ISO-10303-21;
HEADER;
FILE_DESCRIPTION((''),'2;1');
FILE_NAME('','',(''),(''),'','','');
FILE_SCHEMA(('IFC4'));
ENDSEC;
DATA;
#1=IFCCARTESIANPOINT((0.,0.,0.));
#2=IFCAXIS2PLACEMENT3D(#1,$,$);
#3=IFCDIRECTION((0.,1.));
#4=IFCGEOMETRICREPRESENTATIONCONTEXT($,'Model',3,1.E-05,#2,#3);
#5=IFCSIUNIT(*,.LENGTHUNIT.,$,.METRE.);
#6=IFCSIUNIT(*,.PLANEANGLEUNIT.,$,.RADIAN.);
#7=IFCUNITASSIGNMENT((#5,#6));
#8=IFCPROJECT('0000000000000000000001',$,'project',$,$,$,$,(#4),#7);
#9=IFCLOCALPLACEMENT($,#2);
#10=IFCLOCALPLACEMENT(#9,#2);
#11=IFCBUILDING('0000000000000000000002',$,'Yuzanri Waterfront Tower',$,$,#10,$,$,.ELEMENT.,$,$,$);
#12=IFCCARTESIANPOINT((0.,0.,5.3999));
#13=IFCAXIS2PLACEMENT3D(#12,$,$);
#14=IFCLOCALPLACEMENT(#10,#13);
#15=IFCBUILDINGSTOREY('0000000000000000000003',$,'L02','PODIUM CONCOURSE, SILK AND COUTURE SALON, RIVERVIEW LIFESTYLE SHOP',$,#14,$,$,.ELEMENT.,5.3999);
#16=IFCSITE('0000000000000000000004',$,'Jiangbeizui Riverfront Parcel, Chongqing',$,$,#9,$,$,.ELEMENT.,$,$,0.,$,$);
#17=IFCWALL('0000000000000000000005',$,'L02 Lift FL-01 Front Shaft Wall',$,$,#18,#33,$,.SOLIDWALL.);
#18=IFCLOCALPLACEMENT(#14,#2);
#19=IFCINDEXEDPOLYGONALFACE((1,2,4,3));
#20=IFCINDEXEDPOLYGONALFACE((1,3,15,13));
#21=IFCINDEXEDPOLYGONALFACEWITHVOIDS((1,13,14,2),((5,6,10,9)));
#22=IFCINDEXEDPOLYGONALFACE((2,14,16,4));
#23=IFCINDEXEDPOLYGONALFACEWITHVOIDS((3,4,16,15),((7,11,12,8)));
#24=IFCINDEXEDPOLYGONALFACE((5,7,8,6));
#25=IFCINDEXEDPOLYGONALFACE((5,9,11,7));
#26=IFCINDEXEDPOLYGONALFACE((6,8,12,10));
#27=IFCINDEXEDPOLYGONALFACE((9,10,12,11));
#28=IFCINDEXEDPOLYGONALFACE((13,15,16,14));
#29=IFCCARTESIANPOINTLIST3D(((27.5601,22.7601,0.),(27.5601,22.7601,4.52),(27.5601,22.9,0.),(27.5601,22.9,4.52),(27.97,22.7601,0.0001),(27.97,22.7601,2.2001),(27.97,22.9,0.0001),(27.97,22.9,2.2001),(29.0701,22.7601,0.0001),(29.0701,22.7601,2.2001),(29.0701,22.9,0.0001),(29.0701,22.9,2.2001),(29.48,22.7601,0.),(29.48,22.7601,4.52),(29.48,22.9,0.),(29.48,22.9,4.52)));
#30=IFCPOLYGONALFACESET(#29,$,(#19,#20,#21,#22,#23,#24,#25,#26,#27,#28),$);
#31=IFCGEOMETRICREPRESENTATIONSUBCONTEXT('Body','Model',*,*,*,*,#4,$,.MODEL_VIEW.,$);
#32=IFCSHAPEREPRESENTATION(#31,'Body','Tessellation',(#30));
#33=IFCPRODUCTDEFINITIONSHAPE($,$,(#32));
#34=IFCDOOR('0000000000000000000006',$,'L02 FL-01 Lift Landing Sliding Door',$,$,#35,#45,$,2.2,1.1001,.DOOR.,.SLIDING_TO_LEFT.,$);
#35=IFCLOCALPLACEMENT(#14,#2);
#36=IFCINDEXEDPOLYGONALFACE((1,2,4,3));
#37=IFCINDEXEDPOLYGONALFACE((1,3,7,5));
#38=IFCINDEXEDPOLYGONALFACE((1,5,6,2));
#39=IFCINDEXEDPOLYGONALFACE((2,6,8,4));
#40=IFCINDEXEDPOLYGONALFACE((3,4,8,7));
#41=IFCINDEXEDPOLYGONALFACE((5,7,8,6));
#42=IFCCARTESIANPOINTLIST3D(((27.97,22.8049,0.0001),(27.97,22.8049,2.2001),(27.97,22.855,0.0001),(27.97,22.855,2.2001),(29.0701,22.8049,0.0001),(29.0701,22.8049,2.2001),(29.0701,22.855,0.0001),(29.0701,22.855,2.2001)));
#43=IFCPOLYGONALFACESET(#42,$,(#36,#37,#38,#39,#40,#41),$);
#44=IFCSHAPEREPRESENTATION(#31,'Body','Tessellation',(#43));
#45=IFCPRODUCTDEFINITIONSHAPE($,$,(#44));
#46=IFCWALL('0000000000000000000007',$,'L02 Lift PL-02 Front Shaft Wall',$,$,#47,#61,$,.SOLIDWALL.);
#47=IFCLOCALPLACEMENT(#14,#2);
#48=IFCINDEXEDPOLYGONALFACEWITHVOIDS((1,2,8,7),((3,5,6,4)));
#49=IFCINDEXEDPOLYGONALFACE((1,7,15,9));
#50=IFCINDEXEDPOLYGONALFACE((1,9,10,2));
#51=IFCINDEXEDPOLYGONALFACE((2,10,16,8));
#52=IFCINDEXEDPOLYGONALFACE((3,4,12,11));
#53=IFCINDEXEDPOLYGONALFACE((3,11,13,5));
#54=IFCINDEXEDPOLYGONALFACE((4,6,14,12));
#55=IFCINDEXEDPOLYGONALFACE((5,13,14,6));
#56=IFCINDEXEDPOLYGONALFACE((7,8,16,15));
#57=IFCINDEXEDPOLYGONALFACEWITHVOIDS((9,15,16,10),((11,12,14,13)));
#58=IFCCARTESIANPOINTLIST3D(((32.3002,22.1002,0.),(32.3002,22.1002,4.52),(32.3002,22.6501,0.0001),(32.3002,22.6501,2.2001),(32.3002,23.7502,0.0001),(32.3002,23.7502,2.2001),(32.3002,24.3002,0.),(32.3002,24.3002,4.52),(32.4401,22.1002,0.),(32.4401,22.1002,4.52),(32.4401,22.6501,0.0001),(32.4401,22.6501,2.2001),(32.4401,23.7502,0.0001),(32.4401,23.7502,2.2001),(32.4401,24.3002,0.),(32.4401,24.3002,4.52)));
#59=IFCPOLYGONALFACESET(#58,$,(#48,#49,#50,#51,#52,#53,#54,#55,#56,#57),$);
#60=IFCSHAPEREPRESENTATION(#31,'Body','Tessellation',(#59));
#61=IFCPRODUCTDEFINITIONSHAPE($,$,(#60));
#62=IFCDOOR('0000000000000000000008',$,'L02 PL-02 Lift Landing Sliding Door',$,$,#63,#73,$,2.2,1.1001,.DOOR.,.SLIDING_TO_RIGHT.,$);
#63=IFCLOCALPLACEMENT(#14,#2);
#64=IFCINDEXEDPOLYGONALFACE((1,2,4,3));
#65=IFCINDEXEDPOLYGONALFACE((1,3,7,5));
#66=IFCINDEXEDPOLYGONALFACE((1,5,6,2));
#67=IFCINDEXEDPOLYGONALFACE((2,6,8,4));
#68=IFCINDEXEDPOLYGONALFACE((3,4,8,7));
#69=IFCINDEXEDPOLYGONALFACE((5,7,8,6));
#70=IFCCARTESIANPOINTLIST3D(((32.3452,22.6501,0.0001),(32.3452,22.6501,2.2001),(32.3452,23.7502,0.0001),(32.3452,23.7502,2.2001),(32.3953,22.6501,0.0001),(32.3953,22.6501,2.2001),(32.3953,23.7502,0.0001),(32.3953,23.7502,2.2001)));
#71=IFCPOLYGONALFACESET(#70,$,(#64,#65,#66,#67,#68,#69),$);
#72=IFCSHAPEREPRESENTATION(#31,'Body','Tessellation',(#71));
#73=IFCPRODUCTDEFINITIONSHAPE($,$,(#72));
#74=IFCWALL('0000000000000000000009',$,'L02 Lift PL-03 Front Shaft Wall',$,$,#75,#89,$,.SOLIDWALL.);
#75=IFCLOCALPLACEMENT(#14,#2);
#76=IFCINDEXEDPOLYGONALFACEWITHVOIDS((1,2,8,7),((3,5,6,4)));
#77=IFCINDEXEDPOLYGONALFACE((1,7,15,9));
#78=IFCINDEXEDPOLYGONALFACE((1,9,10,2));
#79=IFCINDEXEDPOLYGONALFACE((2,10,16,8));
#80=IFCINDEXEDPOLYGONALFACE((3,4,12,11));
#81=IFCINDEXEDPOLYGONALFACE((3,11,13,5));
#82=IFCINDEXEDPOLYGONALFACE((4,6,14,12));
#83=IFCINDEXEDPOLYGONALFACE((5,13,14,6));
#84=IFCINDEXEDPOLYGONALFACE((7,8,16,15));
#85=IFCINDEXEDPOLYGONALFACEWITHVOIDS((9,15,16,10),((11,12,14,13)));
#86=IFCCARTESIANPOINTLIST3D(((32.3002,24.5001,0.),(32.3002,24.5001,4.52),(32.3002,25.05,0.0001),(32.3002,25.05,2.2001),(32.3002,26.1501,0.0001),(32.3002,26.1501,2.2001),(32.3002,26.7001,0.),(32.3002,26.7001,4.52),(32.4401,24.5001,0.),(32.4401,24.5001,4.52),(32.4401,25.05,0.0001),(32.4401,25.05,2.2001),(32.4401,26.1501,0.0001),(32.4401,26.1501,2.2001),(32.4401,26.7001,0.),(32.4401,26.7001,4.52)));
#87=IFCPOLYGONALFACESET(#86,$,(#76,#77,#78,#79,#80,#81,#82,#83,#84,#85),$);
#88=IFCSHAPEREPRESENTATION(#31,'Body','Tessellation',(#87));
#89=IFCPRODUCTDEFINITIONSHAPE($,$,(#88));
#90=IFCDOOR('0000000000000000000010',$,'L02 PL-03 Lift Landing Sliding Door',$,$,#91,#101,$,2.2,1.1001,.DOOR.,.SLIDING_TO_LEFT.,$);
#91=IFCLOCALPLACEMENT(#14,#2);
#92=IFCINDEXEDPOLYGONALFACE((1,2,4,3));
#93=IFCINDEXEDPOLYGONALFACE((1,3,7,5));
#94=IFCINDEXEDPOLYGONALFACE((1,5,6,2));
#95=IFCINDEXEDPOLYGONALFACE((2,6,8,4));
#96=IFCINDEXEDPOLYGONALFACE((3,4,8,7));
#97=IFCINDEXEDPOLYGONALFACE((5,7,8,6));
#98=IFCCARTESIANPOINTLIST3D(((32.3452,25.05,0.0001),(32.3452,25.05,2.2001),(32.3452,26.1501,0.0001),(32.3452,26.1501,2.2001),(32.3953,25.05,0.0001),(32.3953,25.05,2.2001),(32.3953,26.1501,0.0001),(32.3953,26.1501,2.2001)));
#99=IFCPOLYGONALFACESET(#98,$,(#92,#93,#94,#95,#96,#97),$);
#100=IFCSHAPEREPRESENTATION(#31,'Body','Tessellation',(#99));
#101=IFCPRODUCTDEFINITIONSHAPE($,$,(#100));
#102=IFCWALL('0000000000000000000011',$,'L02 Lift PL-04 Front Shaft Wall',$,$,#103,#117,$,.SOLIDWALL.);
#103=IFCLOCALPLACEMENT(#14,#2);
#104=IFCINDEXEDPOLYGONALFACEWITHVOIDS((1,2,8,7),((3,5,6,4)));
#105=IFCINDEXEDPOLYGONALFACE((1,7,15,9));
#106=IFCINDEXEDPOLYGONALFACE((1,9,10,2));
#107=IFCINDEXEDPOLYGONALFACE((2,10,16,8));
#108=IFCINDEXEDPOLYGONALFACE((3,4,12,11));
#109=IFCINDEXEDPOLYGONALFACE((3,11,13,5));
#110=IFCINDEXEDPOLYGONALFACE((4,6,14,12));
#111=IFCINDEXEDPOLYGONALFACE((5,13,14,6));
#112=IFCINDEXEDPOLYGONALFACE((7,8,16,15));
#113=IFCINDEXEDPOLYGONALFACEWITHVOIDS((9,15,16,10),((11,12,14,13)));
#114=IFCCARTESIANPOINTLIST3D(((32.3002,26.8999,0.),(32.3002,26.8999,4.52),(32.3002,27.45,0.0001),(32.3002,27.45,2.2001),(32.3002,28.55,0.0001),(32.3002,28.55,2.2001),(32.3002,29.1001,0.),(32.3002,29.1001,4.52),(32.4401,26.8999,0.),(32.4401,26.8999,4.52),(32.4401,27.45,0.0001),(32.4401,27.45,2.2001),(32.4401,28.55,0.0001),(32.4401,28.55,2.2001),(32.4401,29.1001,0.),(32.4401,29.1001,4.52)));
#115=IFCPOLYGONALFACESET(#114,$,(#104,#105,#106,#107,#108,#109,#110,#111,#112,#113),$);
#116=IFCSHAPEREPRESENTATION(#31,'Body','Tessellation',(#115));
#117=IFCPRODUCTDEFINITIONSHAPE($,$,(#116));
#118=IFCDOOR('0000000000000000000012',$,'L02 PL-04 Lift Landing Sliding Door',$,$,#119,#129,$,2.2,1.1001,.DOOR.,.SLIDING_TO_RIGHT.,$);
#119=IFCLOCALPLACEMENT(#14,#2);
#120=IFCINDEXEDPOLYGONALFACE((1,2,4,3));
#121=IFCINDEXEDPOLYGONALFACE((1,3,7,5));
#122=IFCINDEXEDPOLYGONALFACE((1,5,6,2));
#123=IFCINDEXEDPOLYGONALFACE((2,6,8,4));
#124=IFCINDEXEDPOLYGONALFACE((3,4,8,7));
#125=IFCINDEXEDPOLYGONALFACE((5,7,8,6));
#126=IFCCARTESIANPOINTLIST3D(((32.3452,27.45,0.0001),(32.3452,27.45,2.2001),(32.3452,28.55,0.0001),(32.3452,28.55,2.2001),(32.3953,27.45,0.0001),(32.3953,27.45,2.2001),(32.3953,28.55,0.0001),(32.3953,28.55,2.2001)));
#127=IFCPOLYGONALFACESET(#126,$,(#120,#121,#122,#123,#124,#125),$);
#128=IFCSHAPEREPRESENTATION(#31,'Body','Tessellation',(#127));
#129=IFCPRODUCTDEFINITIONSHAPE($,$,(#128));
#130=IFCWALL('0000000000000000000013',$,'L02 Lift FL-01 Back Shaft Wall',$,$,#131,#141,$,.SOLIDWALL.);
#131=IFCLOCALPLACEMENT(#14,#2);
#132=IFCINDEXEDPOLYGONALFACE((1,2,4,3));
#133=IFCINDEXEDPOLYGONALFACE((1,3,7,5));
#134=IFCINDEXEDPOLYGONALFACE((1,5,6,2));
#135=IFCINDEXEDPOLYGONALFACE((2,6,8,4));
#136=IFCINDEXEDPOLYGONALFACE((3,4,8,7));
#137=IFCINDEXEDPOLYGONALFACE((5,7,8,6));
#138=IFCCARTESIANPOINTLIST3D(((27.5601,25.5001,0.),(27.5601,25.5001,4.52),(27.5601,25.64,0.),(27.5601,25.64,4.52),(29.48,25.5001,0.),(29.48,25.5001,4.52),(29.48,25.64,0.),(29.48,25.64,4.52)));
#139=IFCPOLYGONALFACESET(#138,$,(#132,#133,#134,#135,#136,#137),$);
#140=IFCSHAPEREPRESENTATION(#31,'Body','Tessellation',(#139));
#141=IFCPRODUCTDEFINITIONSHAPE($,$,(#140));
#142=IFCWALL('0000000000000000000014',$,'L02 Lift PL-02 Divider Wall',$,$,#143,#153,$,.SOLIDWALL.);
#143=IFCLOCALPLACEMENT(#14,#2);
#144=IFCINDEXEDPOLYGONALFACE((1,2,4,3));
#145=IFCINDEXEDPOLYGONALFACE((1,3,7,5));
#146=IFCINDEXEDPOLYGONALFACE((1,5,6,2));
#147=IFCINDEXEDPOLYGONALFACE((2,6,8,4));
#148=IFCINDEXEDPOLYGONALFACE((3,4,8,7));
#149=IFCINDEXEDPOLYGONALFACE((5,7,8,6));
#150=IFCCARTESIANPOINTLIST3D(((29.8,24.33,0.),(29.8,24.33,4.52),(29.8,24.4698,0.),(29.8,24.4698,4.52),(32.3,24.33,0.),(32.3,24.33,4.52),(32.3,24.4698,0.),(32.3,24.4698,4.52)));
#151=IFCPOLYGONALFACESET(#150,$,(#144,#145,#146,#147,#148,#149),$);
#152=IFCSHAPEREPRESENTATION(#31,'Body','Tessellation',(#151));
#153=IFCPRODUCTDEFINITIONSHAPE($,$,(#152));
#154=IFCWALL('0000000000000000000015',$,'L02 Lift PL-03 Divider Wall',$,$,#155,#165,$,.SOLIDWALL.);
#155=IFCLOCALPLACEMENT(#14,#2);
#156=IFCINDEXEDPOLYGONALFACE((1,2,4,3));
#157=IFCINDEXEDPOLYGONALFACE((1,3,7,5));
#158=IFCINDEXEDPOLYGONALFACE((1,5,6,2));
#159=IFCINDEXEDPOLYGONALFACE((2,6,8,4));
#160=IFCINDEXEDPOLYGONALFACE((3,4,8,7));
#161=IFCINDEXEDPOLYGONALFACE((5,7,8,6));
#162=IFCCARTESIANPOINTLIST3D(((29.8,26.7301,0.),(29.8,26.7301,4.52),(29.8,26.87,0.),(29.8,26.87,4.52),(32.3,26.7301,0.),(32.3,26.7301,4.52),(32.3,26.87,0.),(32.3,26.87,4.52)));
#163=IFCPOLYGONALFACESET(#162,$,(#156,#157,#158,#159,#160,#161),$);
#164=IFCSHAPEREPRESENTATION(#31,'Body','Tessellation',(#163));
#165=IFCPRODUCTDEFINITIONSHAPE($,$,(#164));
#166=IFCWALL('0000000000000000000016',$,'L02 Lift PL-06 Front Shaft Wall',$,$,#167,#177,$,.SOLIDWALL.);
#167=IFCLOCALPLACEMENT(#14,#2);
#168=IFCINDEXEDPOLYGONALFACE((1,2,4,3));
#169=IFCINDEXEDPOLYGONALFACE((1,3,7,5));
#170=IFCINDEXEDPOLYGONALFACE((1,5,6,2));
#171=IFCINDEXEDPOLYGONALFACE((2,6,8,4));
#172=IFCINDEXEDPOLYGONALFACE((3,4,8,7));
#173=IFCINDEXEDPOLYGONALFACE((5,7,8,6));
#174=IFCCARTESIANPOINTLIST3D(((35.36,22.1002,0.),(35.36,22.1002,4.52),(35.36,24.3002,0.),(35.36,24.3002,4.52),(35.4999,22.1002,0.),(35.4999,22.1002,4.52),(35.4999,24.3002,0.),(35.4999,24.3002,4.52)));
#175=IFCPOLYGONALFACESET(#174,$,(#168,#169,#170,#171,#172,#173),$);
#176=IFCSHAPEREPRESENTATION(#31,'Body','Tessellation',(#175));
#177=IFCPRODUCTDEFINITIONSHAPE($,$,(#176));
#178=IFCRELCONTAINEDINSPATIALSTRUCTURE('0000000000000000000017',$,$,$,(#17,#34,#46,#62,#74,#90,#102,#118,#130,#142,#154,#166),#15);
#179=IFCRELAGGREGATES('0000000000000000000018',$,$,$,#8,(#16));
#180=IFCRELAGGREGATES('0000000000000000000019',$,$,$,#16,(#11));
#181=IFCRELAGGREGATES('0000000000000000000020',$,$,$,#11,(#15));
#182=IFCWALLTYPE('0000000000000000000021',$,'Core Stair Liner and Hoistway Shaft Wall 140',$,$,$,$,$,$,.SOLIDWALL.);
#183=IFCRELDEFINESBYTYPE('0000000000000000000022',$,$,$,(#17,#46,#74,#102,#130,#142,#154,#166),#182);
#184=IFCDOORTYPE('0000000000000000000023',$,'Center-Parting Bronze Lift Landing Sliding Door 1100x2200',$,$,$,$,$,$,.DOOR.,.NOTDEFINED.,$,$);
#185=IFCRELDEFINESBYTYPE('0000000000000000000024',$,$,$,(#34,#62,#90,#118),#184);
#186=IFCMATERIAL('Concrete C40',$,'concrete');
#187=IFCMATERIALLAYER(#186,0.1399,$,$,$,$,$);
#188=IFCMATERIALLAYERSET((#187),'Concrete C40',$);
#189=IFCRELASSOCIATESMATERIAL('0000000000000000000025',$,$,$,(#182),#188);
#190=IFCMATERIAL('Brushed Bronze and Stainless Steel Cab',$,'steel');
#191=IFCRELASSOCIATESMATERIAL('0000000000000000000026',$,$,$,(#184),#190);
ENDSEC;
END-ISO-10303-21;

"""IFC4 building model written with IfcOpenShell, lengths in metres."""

from ifc_helpers import new_model, si_unit, direction, frame, frame_2d, origin, place, context, subcontext, project, spatial, rectangle, extrude, source, transform, mapped, material, layer, layer_set, type_object, element, fill, save


model = new_model("IFC4")

# Units and contexts
model_context = context("Model", 3, precision=1e-05, world=origin(), true_north=direction((0.0, 1.0)))
body_context = subcontext(model_context, "Body", "Model", "MODEL_VIEW")
ifc_project = project(units=[si_unit("LENGTHUNIT", "METRE"), si_unit("PLANEANGLEUNIT", "RADIAN")], contexts=[model_context])

# Site, building, storey
site_placement = place(None, origin())
site = spatial("IfcSite", under=ifc_project, at=site_placement, Name="Jiangbeizui Riverfront Parcel, Chongqing", CompositionType="ELEMENT", RefElevation=0.0)
building_placement = place(site_placement, origin())
building = spatial("IfcBuilding", under=site, at=building_placement, Name="Yuzanri Waterfront Tower", CompositionType="ELEMENT")
storey_placement = place(building_placement, frame((0.0, 0.0, 5.3999)))
storey = spatial("IfcBuildingStorey", under=building, at=storey_placement, Name="L02", Description="PODIUM CONCOURSE, SILK AND COUTURE SALON, RIVERVIEW LIFESTYLE SHOP", CompositionType="ELEMENT", Elevation=5.3999)

# Walls, openings, doors
ifc_material_1 = material(Name="Concrete C40", Category="concrete")
ifc_layer_1 = layer(ifc_material_1, 0.1399)
ifc_layer_set_1 = layer_set([ifc_layer_1], Name="Concrete C40")
wall_type = type_object("IfcWallType", Name="Core Stair Liner and Hoistway Shaft Wall 140", PredefinedType="SOLIDWALL", material=ifc_layer_set_1)
wall_1_placement = place(storey_placement, frame((27.5601, 22.8301, 0.0), z_axis=(0.0, 0.0, 1.0), x_axis=(1.0, 0.0, 0.0)))
wall_1 = element("IfcWall", 1, at=wall_1_placement, inside=storey, type_object=wall_type, Name="L02 Lift FL-01 Front Shaft Wall", PredefinedType="SOLIDWALL", context=body_context, shape_type="SweptSolid", body=[
    extrude(rectangle(XDim=1.9199, YDim=0.1399, at=frame_2d((0.96, 0.0))), origin(), (0.0, 0.0, 1.0), 4.52),
])
opening_1_placement = place(wall_1_placement, frame((0.4099, 0.0, 0.0)))
opening_1 = element("IfcOpeningElement", 2, at=opening_1_placement, cuts=wall_1, PredefinedType="OPENING", context=body_context, shape_type="SweptSolid", body=[
    extrude(rectangle(XDim=1.1001, YDim=2.2, at=frame_2d((0.55, 1.1001))), frame((0.0, 0.085, 0.0), z_axis=(0.0, -1.0, 0.0), x_axis=(1.0, 0.0, 0.0)), (0.0, 0.0, 1.0), 0.1697),
])
ifc_material_2 = material(Name="Brushed Bronze and Stainless Steel Cab", Category="steel")
door_type = type_object("IfcDoorType", Name="Center-Parting Bronze Lift Landing Sliding Door 1100x2200", OperationType="NOTDEFINED", PredefinedType="DOOR", material=ifc_material_2)
shared_shape_1 = source(origin(), body_context, "Body", "SweptSolid", [
    extrude(rectangle(XDim=1.1001, YDim=2.2, at=frame_2d((0.55, 1.1001))), frame((0.0, 0.0249, 0.0), z_axis=(0.0, -1.0, 0.0), x_axis=(1.0, 0.0, 0.0)), (0.0, 0.0, 1.0), 0.05),
])
door_1_placement = place(opening_1_placement, origin())
door_1 = element("IfcDoor", 3, at=door_1_placement, inside=storey, type_object=door_type, Name="L02 FL-01 Lift Landing Sliding Door", OperationType="SLIDING_TO_LEFT", OverallHeight=2.2, OverallWidth=1.1001, PredefinedType="DOOR", context=body_context, shape_type="MappedRepresentation", body=[
    mapped(shared_shape_1, transform((0.0, 0.0, 0.0), scale=1.0)),
])
fill(opening_1, door_1)
wall_2_placement = place(storey_placement, frame((32.3701, 22.1001, 0.0), z_axis=(0.0, 0.0, 1.0), x_axis=(0.0, 1.0, 0.0)))
wall_2 = element("IfcWall", 4, at=wall_2_placement, inside=storey, type_object=wall_type, Name="L02 Lift PL-02 Front Shaft Wall", PredefinedType="SOLIDWALL", context=body_context, shape_type="SweptSolid", body=[
    extrude(rectangle(XDim=2.2, YDim=0.1399, at=frame_2d((1.1001, 0.0))), origin(), (0.0, 0.0, 1.0), 4.52),
])
opening_2_placement = place(wall_2_placement, frame((0.55, 0.0, 0.0)))
opening_2 = element("IfcOpeningElement", 5, at=opening_2_placement, cuts=wall_2, PredefinedType="OPENING", context=body_context, shape_type="SweptSolid", body=[
    extrude(rectangle(XDim=1.1001, YDim=2.2, at=frame_2d((0.55, 1.1001))), frame((0.0, 0.085, 0.0), z_axis=(0.0, -1.0, 0.0), x_axis=(1.0, 0.0, 0.0)), (0.0, 0.0, 1.0), 0.1697),
])
door_2_placement = place(opening_2_placement, origin())
door_2 = element("IfcDoor", 6, at=door_2_placement, inside=storey, type_object=door_type, Name="L02 PL-02 Lift Landing Sliding Door", OperationType="SLIDING_TO_RIGHT", OverallHeight=2.2, OverallWidth=1.1001, PredefinedType="DOOR", context=body_context, shape_type="MappedRepresentation", body=[
    mapped(shared_shape_1, transform((0.0, 0.0, 0.0), scale=1.0)),
])
fill(opening_2, door_2)
wall_3_placement = place(storey_placement, frame((32.3701, 24.5, 0.0), z_axis=(0.0, 0.0, 1.0), x_axis=(0.0, 1.0, 0.0)))
wall_3 = element("IfcWall", 7, at=wall_3_placement, inside=storey, type_object=wall_type, Name="L02 Lift PL-03 Front Shaft Wall", PredefinedType="SOLIDWALL", context=body_context, shape_type="SweptSolid", body=[
    extrude(rectangle(XDim=2.2, YDim=0.1399, at=frame_2d((1.1001, 0.0))), origin(), (0.0, 0.0, 1.0), 4.52),
])
opening_3_placement = place(wall_3_placement, frame((0.55, 0.0, 0.0)))
opening_3 = element("IfcOpeningElement", 8, at=opening_3_placement, cuts=wall_3, PredefinedType="OPENING", context=body_context, shape_type="SweptSolid", body=[
    extrude(rectangle(XDim=1.1001, YDim=2.2, at=frame_2d((0.55, 1.1001))), frame((0.0, 0.085, 0.0), z_axis=(0.0, -1.0, 0.0), x_axis=(1.0, 0.0, 0.0)), (0.0, 0.0, 1.0), 0.1697),
])
door_3_placement = place(opening_3_placement, origin())
door_3 = element("IfcDoor", 9, at=door_3_placement, inside=storey, type_object=door_type, Name="L02 PL-03 Lift Landing Sliding Door", OperationType="SLIDING_TO_LEFT", OverallHeight=2.2, OverallWidth=1.1001, PredefinedType="DOOR", context=body_context, shape_type="MappedRepresentation", body=[
    mapped(shared_shape_1, transform((0.0, 0.0, 0.0), scale=1.0)),
])
fill(opening_3, door_3)
wall_4_placement = place(storey_placement, frame((32.3701, 26.8999, 0.0), z_axis=(0.0, 0.0, 1.0), x_axis=(0.0, 1.0, 0.0)))
wall_4 = element("IfcWall", 10, at=wall_4_placement, inside=storey, type_object=wall_type, Name="L02 Lift PL-04 Front Shaft Wall", PredefinedType="SOLIDWALL", context=body_context, shape_type="SweptSolid", body=[
    extrude(rectangle(XDim=2.2002, YDim=0.1399, at=frame_2d((1.1001, 0.0))), origin(), (0.0, 0.0, 1.0), 4.52),
])
opening_4_placement = place(wall_4_placement, frame((0.55, 0.0, 0.0)))
opening_4 = element("IfcOpeningElement", 11, at=opening_4_placement, cuts=wall_4, PredefinedType="OPENING", context=body_context, shape_type="SweptSolid", body=[
    extrude(rectangle(XDim=1.1001, YDim=2.2, at=frame_2d((0.55, 1.1001))), frame((0.0, 0.085, 0.0), z_axis=(0.0, -1.0, 0.0), x_axis=(1.0, 0.0, 0.0)), (0.0, 0.0, 1.0), 0.1697),
])
door_4_placement = place(opening_4_placement, origin())
door_4 = element("IfcDoor", 12, at=door_4_placement, inside=storey, type_object=door_type, Name="L02 PL-04 Lift Landing Sliding Door", OperationType="SLIDING_TO_RIGHT", OverallHeight=2.2, OverallWidth=1.1001, PredefinedType="DOOR", context=body_context, shape_type="MappedRepresentation", body=[
    mapped(shared_shape_1, transform((0.0, 0.0, 0.0), scale=1.0)),
])
fill(opening_4, door_4)

# Walls
shared_shape_2 = source(origin(), body_context, "Body", "SweptSolid", [
    extrude(rectangle(XDim=1.9199, YDim=0.1399, at=frame_2d((0.96, 0.0))), origin(), (0.0, 0.0, 1.0), 4.52),
])
wall_5_placement = place(storey_placement, frame((27.5601, 25.5701, 0.0), z_axis=(0.0, 0.0, 1.0), x_axis=(1.0, 0.0, 0.0)))
element("IfcWall", 13, at=wall_5_placement, inside=storey, type_object=wall_type, Name="L02 Lift FL-01 Back Shaft Wall", PredefinedType="SOLIDWALL", context=body_context, shape_type="MappedRepresentation", body=[
    mapped(shared_shape_2, transform((0.0, 0.0, 0.0), scale=1.0)),
])
shared_shape_3 = source(origin(), body_context, "Body", "SweptSolid", [
    extrude(rectangle(XDim=2.5, YDim=0.1399, at=frame_2d((1.25, 0.0))), origin(), (0.0, 0.0, 1.0), 4.52),
])
for number, where, z_axis, x_axis, name in (
    (14, (29.8, 24.3999, 0.0), (0.0, 0.0, 1.0), (1.0, 0.0, 0.0), "L02 Lift PL-02 Divider Wall"),
    (15, (29.8, 26.8, 0.0), (0.0, 0.0, 1.0), (1.0, 0.0, 0.0), "L02 Lift PL-03 Divider Wall"),
):
    element("IfcWall", number, at=place(storey_placement, frame(where, z_axis=z_axis, x_axis=x_axis)), inside=storey, type_object=wall_type, Name=name, PredefinedType="SOLIDWALL", context=body_context, shape_type="MappedRepresentation", body=[
        mapped(shared_shape_3, transform((0.0, 0.0, 0.0), scale=1.0)),
    ])
shared_shape_4 = source(origin(), body_context, "Body", "SweptSolid", [
    extrude(rectangle(XDim=2.2, YDim=0.1399, at=frame_2d((1.1001, 0.0))), origin(), (0.0, 0.0, 1.0), 4.52),
])
for number, where, z_axis, x_axis, name in (
    (16, (35.4299, 22.1001, 0.0), (0.0, 0.0, 1.0), (0.0, 1.0, 0.0), "L02 Lift PL-06 Front Shaft Wall"),
):
    element("IfcWall", number, at=place(storey_placement, frame(where, z_axis=z_axis, x_axis=x_axis)), inside=storey, type_object=wall_type, Name=name, PredefinedType="SOLIDWALL", context=body_context, shape_type="MappedRepresentation", body=[
        mapped(shared_shape_4, transform((0.0, 0.0, 0.0), scale=1.0)),
    ])

save(model, "model.ifc")
